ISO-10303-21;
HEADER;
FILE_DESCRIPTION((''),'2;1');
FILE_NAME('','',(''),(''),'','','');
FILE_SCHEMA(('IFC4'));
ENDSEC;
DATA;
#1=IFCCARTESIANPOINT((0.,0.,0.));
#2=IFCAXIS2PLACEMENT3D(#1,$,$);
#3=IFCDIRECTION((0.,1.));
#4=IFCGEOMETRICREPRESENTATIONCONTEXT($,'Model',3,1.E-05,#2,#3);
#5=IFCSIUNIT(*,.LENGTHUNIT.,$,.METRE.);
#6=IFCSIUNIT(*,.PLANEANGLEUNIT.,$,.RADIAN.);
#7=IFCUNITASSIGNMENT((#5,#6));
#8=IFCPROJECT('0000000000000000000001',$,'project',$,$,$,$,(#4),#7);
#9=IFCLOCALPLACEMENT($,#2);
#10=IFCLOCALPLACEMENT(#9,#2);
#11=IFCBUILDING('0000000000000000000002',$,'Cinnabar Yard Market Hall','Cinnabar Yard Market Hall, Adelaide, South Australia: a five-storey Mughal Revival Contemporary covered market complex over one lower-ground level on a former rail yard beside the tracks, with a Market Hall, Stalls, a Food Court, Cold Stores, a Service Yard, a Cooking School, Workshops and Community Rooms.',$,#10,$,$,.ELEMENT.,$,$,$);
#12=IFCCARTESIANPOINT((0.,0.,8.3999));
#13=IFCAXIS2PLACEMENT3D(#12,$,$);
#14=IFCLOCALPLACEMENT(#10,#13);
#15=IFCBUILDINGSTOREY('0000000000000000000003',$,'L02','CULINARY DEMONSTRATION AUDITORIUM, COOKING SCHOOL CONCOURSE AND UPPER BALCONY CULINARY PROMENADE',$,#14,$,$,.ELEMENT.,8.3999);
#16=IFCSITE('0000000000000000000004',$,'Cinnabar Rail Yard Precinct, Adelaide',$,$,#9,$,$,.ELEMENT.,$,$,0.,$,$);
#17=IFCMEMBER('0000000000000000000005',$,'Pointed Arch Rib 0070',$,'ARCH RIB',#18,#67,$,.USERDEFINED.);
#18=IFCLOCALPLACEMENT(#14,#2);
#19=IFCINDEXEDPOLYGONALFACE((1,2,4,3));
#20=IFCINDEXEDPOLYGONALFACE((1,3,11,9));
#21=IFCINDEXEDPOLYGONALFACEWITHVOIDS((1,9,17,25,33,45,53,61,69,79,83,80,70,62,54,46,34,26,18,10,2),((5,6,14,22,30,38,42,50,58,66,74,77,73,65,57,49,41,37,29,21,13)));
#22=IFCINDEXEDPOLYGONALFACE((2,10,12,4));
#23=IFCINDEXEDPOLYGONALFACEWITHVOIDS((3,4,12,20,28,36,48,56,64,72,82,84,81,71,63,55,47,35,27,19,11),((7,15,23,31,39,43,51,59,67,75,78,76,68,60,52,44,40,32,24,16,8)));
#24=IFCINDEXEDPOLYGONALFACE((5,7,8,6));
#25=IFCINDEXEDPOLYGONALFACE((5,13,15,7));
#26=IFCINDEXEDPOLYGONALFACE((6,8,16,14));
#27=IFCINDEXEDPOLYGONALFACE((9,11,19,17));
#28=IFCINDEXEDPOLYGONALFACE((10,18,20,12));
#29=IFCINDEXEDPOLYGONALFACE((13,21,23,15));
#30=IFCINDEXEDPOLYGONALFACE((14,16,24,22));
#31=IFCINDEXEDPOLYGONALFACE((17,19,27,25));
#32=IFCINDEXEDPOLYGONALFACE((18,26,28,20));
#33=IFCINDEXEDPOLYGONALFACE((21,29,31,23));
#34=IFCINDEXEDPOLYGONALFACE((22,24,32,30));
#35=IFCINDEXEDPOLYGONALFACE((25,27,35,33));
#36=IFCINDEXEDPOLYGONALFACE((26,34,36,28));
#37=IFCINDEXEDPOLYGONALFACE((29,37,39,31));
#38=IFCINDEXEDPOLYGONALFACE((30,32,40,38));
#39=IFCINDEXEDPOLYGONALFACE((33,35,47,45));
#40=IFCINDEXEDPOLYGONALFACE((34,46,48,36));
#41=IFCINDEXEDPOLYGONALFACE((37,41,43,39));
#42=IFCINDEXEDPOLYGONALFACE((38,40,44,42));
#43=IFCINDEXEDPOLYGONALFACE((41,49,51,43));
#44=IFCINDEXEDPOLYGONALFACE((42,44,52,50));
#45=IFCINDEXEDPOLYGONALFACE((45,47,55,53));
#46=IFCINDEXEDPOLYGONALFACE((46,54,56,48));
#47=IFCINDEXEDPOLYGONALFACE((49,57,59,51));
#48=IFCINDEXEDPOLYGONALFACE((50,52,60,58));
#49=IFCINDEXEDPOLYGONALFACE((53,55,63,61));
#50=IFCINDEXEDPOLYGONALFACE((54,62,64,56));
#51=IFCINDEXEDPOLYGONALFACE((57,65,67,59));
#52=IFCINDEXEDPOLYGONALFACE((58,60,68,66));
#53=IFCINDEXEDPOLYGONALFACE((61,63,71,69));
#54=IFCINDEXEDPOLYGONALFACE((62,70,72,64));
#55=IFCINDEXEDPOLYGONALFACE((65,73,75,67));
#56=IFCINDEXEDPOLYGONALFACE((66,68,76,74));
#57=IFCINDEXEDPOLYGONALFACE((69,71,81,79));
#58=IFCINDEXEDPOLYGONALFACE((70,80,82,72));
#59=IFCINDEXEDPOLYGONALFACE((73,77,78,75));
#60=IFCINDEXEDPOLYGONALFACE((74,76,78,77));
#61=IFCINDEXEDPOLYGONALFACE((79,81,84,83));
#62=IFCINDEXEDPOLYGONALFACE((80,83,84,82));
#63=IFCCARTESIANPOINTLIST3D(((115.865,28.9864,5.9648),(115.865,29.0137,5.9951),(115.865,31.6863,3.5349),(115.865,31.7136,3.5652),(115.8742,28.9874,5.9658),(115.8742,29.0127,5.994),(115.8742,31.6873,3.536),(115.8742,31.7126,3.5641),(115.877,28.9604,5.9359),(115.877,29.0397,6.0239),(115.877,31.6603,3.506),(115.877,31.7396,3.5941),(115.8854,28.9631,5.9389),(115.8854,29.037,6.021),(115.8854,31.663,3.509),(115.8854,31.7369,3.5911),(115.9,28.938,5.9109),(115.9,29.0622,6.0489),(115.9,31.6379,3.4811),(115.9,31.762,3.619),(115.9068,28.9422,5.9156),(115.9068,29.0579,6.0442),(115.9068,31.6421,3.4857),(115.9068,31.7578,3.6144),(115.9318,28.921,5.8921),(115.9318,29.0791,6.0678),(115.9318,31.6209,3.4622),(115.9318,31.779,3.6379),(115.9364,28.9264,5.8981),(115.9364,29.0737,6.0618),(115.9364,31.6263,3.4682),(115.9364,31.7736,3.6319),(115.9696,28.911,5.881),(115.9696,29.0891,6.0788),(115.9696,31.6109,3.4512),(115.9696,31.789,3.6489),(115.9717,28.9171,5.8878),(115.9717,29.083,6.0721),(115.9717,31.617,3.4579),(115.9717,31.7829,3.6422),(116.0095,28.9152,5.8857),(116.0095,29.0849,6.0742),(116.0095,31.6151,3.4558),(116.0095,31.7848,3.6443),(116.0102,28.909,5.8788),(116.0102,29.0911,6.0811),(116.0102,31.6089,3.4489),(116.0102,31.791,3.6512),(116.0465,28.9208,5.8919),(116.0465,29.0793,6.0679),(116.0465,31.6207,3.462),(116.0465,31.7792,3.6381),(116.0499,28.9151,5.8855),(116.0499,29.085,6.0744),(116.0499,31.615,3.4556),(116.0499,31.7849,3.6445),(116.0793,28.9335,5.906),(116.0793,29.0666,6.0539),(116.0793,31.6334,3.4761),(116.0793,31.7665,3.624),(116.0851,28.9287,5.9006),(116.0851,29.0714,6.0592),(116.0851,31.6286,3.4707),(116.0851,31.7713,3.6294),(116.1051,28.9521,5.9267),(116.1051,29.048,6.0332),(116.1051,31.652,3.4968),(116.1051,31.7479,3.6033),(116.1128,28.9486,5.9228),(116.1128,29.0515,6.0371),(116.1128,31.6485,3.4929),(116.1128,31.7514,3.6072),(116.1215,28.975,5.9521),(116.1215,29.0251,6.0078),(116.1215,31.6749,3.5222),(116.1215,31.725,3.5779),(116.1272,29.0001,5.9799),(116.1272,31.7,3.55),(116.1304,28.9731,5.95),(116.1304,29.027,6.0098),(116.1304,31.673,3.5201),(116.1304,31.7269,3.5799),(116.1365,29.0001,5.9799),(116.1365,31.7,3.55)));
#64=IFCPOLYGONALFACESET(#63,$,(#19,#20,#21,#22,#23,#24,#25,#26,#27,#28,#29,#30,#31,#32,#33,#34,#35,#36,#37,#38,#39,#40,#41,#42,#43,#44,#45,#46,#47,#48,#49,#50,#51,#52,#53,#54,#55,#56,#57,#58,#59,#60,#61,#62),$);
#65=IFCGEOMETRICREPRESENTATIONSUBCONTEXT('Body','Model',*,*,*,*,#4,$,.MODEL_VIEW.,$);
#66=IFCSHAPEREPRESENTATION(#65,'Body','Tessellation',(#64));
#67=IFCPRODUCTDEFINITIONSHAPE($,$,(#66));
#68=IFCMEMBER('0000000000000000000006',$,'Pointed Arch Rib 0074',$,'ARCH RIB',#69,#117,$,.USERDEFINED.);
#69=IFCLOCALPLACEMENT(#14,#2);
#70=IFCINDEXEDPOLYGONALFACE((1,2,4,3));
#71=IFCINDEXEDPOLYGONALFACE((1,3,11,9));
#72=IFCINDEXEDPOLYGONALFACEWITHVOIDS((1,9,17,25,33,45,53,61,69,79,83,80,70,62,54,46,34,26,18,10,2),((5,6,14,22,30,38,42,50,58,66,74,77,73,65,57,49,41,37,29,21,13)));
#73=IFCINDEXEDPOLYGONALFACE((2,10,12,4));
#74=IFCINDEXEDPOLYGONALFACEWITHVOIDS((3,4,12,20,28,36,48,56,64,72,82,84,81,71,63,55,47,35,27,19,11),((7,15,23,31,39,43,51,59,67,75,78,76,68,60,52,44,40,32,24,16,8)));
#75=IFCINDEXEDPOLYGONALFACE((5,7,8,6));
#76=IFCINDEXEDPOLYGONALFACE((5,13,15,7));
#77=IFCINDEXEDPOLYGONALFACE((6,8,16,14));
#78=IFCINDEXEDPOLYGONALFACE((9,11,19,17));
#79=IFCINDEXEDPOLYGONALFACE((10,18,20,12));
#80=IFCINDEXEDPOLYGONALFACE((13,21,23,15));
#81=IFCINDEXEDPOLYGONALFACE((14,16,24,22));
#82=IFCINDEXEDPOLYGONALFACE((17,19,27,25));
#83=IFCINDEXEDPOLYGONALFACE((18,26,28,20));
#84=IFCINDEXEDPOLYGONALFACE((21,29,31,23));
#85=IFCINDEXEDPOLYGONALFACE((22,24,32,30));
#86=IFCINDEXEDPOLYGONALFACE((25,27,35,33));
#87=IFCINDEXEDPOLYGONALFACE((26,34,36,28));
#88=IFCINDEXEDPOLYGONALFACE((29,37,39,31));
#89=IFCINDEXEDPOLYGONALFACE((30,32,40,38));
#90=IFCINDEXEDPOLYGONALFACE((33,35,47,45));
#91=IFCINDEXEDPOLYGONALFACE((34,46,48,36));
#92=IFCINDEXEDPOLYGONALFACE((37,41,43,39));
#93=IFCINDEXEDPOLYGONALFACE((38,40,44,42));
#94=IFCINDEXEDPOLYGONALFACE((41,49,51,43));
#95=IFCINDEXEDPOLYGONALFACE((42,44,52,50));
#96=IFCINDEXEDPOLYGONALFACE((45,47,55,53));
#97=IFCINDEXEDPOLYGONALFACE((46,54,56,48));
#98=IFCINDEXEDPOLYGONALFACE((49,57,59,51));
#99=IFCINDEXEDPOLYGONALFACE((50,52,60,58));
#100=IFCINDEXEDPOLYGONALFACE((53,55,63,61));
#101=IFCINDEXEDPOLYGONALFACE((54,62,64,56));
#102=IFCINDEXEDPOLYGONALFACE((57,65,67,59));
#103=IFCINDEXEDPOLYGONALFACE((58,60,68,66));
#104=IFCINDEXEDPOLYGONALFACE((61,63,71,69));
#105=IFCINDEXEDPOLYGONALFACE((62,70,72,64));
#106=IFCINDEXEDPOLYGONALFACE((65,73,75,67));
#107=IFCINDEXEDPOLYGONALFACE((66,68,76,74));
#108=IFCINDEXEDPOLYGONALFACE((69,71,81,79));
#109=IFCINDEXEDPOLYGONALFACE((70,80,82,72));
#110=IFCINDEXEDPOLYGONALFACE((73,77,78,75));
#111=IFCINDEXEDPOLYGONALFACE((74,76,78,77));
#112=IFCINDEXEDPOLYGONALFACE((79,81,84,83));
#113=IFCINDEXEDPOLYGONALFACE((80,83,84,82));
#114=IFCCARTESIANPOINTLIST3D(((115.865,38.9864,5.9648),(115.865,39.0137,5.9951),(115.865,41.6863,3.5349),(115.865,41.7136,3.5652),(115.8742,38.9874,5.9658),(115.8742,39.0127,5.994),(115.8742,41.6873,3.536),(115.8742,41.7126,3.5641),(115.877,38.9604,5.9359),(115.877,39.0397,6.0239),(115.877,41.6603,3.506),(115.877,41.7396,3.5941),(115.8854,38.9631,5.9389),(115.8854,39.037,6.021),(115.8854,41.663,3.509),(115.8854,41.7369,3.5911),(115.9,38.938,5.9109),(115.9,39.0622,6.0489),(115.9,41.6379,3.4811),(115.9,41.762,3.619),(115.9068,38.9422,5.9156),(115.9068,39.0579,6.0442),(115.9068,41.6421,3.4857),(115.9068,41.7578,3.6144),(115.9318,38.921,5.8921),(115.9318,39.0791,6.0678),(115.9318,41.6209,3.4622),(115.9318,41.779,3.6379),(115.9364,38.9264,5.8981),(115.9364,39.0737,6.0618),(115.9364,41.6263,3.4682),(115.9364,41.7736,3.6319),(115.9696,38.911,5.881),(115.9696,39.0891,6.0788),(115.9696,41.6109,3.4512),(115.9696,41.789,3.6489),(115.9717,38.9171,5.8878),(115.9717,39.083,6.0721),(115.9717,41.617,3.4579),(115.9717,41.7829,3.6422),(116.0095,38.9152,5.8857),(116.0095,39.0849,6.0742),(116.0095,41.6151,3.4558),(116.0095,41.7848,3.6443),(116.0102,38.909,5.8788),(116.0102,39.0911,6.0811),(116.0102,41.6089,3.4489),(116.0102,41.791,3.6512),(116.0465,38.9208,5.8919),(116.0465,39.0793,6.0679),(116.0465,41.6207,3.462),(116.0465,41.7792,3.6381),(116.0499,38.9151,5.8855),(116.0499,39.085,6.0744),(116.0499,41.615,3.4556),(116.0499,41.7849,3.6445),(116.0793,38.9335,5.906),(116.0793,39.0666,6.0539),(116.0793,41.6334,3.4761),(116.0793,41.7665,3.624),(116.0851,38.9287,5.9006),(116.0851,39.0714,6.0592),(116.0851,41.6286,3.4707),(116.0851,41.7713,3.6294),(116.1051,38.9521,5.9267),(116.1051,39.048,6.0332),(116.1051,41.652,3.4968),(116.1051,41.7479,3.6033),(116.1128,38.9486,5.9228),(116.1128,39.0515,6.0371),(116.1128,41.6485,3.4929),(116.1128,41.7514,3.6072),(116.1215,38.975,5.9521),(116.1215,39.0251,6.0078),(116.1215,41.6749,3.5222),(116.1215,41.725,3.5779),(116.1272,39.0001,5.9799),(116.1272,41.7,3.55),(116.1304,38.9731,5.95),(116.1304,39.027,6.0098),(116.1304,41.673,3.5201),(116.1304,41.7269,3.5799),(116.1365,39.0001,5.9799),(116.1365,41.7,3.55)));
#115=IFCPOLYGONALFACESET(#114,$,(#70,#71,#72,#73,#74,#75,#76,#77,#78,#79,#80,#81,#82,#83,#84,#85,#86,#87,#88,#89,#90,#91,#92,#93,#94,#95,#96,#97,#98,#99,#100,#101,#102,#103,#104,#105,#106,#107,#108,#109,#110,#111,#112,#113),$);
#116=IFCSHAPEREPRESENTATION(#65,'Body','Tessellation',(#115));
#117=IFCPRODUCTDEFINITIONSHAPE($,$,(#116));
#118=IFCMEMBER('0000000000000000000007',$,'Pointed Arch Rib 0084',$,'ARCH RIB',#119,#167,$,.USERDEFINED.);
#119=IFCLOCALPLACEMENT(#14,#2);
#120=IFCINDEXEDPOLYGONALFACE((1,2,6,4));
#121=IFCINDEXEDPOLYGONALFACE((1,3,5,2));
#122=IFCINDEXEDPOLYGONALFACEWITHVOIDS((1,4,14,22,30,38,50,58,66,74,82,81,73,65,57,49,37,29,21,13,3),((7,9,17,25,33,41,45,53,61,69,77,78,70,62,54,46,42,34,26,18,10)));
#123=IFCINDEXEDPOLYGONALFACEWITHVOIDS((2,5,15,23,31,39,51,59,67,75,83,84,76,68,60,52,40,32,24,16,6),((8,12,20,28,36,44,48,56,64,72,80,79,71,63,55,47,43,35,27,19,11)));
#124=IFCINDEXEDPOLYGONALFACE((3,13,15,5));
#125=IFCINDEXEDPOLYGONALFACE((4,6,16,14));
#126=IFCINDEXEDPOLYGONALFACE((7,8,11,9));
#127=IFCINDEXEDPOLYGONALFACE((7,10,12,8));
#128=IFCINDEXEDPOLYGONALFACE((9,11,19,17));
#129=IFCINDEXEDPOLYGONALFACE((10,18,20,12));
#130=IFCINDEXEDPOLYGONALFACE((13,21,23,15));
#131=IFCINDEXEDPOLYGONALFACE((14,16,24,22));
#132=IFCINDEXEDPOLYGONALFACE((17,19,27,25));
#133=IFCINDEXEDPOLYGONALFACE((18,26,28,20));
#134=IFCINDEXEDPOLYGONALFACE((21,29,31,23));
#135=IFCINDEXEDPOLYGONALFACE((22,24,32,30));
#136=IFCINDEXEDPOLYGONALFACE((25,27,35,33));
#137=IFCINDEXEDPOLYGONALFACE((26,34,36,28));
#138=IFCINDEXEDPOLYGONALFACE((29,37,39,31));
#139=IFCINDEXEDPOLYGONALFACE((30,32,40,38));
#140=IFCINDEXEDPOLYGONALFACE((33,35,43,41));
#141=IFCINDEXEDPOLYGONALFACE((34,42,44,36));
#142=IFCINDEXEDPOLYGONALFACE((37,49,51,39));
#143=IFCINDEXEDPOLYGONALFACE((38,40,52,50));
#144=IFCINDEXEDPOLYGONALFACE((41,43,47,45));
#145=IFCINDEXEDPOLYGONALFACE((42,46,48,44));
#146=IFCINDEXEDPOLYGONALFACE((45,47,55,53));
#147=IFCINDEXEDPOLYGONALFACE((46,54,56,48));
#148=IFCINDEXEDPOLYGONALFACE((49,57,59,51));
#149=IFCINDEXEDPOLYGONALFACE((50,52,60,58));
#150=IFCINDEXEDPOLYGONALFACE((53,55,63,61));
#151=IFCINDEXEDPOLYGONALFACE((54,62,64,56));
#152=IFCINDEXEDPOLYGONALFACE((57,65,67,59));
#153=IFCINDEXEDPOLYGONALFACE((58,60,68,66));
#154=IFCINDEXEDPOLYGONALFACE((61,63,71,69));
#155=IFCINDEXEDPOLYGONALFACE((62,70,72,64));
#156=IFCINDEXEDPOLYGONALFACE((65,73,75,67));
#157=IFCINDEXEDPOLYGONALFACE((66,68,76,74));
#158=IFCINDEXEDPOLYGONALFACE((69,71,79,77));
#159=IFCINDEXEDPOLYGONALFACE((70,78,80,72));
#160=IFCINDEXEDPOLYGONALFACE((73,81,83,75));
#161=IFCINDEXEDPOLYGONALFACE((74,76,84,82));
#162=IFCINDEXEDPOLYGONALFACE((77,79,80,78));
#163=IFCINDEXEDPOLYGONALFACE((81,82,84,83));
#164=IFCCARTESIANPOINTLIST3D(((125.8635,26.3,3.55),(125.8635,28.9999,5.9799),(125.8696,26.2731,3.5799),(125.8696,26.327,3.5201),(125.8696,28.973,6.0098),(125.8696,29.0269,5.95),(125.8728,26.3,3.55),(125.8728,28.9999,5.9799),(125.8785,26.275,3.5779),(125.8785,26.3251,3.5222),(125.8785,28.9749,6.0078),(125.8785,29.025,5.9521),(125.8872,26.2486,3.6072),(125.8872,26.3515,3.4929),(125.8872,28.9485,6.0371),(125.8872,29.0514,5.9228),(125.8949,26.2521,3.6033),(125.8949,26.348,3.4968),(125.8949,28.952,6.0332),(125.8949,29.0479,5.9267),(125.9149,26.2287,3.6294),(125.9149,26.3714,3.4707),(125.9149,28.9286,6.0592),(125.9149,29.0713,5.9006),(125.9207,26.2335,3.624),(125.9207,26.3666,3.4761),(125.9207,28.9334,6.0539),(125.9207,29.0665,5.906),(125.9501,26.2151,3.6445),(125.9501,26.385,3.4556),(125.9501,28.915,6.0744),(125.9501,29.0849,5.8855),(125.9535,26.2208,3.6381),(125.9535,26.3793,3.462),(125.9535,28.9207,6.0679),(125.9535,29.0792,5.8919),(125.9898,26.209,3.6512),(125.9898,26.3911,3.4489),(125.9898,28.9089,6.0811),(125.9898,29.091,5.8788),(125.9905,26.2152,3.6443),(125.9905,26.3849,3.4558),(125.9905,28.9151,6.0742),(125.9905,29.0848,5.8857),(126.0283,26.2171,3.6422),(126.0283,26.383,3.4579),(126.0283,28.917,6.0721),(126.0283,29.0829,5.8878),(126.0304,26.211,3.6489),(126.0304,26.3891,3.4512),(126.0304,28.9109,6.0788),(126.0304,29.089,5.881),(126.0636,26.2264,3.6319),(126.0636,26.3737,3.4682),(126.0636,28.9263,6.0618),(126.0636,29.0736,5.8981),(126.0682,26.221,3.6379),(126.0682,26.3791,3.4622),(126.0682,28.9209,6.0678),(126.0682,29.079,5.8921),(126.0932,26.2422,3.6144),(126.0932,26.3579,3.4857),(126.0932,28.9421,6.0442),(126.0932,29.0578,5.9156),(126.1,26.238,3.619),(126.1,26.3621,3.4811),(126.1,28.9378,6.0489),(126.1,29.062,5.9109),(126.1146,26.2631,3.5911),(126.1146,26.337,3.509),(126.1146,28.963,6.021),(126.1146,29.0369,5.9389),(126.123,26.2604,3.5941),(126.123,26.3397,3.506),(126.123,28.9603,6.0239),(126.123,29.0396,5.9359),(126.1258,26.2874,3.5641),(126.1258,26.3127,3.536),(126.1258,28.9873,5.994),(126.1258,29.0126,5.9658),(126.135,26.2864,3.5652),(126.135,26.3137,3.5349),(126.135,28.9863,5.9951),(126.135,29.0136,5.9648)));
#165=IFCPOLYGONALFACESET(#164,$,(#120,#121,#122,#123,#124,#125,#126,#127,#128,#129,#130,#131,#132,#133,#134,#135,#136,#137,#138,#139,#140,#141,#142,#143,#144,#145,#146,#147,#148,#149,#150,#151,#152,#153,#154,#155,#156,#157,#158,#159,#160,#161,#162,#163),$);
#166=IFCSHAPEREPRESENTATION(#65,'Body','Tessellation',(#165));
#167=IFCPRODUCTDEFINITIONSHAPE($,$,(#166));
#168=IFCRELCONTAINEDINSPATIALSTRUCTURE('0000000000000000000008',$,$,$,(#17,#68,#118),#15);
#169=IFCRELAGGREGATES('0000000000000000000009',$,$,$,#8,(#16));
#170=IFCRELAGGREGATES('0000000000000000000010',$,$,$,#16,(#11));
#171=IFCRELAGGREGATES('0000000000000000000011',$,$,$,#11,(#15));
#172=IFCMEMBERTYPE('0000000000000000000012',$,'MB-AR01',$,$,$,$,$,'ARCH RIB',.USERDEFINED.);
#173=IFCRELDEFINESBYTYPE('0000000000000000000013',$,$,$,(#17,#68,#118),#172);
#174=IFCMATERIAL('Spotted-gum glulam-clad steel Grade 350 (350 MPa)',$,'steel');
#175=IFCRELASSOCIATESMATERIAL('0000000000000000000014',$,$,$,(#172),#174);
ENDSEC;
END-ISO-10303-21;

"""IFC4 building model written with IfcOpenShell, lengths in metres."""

from ifc_helpers import new_model, si_unit, direction, frame, origin, origin_2d_with_axis, place, context, subcontext, project, spatial, hollow_circle, extrude, material, material_profile, profile_set, type_object, element, save


model = new_model("IFC4")

# Units and contexts
model_context = context("Model", 3, precision=1e-05, world=origin(), true_north=direction((0.0, 1.0)))
body_context = subcontext(model_context, "Body", "Model", "MODEL_VIEW")
ifc_project = project(units=[si_unit("LENGTHUNIT", "METRE"), si_unit("PLANEANGLEUNIT", "RADIAN")], contexts=[model_context])

# Site, building, storey
site_placement = place(None, origin())
site = spatial("IfcSite", under=ifc_project, at=site_placement, Name="Cinnabar Rail Yard Precinct, Adelaide", CompositionType="ELEMENT", RefElevation=0.0)
building_placement = place(site_placement, origin())
building = spatial("IfcBuilding", under=site, at=building_placement, Name="Cinnabar Yard Market Hall", Description="Cinnabar Yard Market Hall, Adelaide, South Australia: a five-storey Mughal Revival Contemporary covered market complex over one lower-ground level on a former rail yard beside the tracks, with a Market Hall, Stalls, a Food Court, Cold Stores, a Service Yard, a Cooking School, Workshops and Community Rooms.", CompositionType="ELEMENT")
storey_placement = place(building_placement, frame((0.0, 0.0, 8.3999)))
storey = spatial("IfcBuildingStorey", under=building, at=storey_placement, Name="L02", Description="CULINARY DEMONSTRATION AUDITORIUM, COOKING SCHOOL CONCOURSE AND UPPER BALCONY CULINARY PROMENADE", CompositionType="ELEMENT", Elevation=8.3999)

# Shared definitions
ifc_material_1 = material(Name="Spotted-gum glulam-clad steel Grade 350 (350 MPa)", Category="steel")

# Members
ifc_material_profile_1 = material_profile(ifc_material_1, hollow_circle(Radius=0.1365, WallThickness=0.0093, at=origin_2d_with_axis()), Name="273.1x9.3CHS")
ifc_profile_set_1 = profile_set([ifc_material_profile_1], Name="Spotted-gum glulam-clad steel Grade 350 (350 MPa)")
member_type_1 = type_object("IfcMemberType", Name="MB-AR01", ElementType="ARCH RIB", PredefinedType="USERDEFINED", material=ifc_profile_set_1)
for number, where, z_axis, x_axis, name in (
    (1, (116.0, 31.7, 3.55), (0.0, -0.743297, 0.668961), (1.0, 0.0, 0.0), "Pointed Arch Rib 0070"),
    (2, (116.0, 41.7, 3.55), (0.0, -0.743297, 0.668961), (1.0, 0.0, 0.0), "Pointed Arch Rib 0074"),
    (3, (126.0, 26.3, 3.55), (0.0, 0.743297, 0.668961), (-1.0, 0.0, 0.0), "Pointed Arch Rib 0084"),
):
    element("IfcMember", number, at=place(storey_placement, frame(where, z_axis=z_axis, x_axis=x_axis)), inside=storey, type_object=member_type_1, Name=name, ObjectType="ARCH RIB", PredefinedType="USERDEFINED", context=body_context, shape_type="SweptSolid", body=[
        extrude(hollow_circle(Radius=0.1365, WallThickness=0.0093, at=origin_2d_with_axis()), origin(), (0.0, 0.0, 1.0), 3.6323),
    ])

save(model, "model.ifc")
